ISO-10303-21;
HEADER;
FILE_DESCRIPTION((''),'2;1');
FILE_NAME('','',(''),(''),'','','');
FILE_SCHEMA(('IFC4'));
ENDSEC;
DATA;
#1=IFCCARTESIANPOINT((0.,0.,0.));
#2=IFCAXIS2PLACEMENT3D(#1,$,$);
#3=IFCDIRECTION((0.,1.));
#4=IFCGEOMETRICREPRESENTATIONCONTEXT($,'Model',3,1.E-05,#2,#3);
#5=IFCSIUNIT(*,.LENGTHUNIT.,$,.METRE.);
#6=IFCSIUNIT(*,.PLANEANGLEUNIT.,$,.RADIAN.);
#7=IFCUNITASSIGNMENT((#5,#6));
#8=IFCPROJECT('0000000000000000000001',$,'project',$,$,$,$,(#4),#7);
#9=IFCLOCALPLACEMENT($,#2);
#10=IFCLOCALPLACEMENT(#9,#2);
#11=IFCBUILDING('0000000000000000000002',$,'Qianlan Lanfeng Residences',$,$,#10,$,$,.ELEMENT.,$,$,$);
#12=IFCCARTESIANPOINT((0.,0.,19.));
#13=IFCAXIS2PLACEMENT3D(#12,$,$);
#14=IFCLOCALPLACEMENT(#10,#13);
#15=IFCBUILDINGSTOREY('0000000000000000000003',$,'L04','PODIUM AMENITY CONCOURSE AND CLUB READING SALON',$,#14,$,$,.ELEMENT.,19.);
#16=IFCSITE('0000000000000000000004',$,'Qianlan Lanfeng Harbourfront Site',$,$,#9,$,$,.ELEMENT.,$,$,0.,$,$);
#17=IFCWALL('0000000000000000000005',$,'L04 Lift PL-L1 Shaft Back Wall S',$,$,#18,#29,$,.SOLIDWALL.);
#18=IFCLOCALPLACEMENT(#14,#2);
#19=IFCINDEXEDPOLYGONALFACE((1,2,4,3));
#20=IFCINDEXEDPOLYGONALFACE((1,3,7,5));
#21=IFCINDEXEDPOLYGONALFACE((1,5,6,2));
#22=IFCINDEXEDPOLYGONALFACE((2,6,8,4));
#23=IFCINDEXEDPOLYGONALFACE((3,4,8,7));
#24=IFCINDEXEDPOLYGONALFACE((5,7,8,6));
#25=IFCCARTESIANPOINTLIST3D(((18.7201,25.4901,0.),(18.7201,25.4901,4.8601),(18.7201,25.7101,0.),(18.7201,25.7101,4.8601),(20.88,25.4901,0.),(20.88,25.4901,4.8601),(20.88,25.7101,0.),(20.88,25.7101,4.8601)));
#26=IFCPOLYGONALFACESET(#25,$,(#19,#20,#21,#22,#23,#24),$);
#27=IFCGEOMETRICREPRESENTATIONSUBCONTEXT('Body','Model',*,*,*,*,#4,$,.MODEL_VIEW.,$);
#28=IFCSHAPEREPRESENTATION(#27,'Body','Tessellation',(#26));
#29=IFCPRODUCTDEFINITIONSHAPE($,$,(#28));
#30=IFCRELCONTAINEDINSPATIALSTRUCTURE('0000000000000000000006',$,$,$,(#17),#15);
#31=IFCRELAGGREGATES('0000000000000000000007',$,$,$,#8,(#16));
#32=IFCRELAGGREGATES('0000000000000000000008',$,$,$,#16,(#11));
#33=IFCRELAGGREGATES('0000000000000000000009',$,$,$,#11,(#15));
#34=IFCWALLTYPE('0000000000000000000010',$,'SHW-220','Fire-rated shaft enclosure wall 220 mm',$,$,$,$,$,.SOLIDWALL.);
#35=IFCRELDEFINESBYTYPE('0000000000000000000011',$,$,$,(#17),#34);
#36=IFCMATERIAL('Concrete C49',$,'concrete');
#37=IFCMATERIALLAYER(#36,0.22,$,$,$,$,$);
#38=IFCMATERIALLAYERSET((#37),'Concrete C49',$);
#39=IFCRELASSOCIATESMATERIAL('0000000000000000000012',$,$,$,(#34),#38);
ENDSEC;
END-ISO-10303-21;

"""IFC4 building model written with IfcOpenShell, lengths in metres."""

from ifc_helpers import new_model, si_unit, direction, frame, frame_2d, origin, place, context, subcontext, project, spatial, rectangle, extrude, material, layer, layer_set, type_object, element, save


model = new_model("IFC4")

# Units and contexts
model_context = context("Model", 3, precision=1e-05, world=origin(), true_north=direction((0.0, 1.0)))
body_context = subcontext(model_context, "Body", "Model", "MODEL_VIEW")
ifc_project = project(units=[si_unit("LENGTHUNIT", "METRE"), si_unit("PLANEANGLEUNIT", "RADIAN")], contexts=[model_context])

# Site, building, storey
site_placement = place(None, origin())
site = spatial("IfcSite", under=ifc_project, at=site_placement, Name="Qianlan Lanfeng Harbourfront Site", CompositionType="ELEMENT", RefElevation=0.0)
building_placement = place(site_placement, origin())
building = spatial("IfcBuilding", under=site, at=building_placement, Name="Qianlan Lanfeng Residences", CompositionType="ELEMENT")
storey_placement = place(building_placement, frame((0.0, 0.0, 19.0)))
storey = spatial("IfcBuildingStorey", under=building, at=storey_placement, Name="L04", Description="PODIUM AMENITY CONCOURSE AND CLUB READING SALON", CompositionType="ELEMENT", Elevation=19.0)

# Wall
ifc_material_1 = material(Name="Concrete C49", Category="concrete")
ifc_layer_1 = layer(ifc_material_1, 0.22)
ifc_layer_set_1 = layer_set([ifc_layer_1], Name="Concrete C49")
wall_type_1 = type_object("IfcWallType", Name="SHW-220", Description="Fire-rated shaft enclosure wall 220 mm", PredefinedType="SOLIDWALL", material=ifc_layer_set_1)
wall_1_placement = place(storey_placement, frame((18.72, 25.6001, 0.0), z_axis=(0.0, 0.0, 1.0), x_axis=(1.0, 0.0, 0.0)))
element("IfcWall", 1, at=wall_1_placement, inside=storey, type_object=wall_type_1, Name="L04 Lift PL-L1 Shaft Back Wall S", PredefinedType="SOLIDWALL", context=body_context, shape_type="SweptSolid", body=[
    extrude(rectangle(XDim=2.1599, YDim=0.22, at=frame_2d((1.0801, 0.0))), origin(), (0.0, 0.0, 1.0), 4.8601),
])

save(model, "model.ifc")
